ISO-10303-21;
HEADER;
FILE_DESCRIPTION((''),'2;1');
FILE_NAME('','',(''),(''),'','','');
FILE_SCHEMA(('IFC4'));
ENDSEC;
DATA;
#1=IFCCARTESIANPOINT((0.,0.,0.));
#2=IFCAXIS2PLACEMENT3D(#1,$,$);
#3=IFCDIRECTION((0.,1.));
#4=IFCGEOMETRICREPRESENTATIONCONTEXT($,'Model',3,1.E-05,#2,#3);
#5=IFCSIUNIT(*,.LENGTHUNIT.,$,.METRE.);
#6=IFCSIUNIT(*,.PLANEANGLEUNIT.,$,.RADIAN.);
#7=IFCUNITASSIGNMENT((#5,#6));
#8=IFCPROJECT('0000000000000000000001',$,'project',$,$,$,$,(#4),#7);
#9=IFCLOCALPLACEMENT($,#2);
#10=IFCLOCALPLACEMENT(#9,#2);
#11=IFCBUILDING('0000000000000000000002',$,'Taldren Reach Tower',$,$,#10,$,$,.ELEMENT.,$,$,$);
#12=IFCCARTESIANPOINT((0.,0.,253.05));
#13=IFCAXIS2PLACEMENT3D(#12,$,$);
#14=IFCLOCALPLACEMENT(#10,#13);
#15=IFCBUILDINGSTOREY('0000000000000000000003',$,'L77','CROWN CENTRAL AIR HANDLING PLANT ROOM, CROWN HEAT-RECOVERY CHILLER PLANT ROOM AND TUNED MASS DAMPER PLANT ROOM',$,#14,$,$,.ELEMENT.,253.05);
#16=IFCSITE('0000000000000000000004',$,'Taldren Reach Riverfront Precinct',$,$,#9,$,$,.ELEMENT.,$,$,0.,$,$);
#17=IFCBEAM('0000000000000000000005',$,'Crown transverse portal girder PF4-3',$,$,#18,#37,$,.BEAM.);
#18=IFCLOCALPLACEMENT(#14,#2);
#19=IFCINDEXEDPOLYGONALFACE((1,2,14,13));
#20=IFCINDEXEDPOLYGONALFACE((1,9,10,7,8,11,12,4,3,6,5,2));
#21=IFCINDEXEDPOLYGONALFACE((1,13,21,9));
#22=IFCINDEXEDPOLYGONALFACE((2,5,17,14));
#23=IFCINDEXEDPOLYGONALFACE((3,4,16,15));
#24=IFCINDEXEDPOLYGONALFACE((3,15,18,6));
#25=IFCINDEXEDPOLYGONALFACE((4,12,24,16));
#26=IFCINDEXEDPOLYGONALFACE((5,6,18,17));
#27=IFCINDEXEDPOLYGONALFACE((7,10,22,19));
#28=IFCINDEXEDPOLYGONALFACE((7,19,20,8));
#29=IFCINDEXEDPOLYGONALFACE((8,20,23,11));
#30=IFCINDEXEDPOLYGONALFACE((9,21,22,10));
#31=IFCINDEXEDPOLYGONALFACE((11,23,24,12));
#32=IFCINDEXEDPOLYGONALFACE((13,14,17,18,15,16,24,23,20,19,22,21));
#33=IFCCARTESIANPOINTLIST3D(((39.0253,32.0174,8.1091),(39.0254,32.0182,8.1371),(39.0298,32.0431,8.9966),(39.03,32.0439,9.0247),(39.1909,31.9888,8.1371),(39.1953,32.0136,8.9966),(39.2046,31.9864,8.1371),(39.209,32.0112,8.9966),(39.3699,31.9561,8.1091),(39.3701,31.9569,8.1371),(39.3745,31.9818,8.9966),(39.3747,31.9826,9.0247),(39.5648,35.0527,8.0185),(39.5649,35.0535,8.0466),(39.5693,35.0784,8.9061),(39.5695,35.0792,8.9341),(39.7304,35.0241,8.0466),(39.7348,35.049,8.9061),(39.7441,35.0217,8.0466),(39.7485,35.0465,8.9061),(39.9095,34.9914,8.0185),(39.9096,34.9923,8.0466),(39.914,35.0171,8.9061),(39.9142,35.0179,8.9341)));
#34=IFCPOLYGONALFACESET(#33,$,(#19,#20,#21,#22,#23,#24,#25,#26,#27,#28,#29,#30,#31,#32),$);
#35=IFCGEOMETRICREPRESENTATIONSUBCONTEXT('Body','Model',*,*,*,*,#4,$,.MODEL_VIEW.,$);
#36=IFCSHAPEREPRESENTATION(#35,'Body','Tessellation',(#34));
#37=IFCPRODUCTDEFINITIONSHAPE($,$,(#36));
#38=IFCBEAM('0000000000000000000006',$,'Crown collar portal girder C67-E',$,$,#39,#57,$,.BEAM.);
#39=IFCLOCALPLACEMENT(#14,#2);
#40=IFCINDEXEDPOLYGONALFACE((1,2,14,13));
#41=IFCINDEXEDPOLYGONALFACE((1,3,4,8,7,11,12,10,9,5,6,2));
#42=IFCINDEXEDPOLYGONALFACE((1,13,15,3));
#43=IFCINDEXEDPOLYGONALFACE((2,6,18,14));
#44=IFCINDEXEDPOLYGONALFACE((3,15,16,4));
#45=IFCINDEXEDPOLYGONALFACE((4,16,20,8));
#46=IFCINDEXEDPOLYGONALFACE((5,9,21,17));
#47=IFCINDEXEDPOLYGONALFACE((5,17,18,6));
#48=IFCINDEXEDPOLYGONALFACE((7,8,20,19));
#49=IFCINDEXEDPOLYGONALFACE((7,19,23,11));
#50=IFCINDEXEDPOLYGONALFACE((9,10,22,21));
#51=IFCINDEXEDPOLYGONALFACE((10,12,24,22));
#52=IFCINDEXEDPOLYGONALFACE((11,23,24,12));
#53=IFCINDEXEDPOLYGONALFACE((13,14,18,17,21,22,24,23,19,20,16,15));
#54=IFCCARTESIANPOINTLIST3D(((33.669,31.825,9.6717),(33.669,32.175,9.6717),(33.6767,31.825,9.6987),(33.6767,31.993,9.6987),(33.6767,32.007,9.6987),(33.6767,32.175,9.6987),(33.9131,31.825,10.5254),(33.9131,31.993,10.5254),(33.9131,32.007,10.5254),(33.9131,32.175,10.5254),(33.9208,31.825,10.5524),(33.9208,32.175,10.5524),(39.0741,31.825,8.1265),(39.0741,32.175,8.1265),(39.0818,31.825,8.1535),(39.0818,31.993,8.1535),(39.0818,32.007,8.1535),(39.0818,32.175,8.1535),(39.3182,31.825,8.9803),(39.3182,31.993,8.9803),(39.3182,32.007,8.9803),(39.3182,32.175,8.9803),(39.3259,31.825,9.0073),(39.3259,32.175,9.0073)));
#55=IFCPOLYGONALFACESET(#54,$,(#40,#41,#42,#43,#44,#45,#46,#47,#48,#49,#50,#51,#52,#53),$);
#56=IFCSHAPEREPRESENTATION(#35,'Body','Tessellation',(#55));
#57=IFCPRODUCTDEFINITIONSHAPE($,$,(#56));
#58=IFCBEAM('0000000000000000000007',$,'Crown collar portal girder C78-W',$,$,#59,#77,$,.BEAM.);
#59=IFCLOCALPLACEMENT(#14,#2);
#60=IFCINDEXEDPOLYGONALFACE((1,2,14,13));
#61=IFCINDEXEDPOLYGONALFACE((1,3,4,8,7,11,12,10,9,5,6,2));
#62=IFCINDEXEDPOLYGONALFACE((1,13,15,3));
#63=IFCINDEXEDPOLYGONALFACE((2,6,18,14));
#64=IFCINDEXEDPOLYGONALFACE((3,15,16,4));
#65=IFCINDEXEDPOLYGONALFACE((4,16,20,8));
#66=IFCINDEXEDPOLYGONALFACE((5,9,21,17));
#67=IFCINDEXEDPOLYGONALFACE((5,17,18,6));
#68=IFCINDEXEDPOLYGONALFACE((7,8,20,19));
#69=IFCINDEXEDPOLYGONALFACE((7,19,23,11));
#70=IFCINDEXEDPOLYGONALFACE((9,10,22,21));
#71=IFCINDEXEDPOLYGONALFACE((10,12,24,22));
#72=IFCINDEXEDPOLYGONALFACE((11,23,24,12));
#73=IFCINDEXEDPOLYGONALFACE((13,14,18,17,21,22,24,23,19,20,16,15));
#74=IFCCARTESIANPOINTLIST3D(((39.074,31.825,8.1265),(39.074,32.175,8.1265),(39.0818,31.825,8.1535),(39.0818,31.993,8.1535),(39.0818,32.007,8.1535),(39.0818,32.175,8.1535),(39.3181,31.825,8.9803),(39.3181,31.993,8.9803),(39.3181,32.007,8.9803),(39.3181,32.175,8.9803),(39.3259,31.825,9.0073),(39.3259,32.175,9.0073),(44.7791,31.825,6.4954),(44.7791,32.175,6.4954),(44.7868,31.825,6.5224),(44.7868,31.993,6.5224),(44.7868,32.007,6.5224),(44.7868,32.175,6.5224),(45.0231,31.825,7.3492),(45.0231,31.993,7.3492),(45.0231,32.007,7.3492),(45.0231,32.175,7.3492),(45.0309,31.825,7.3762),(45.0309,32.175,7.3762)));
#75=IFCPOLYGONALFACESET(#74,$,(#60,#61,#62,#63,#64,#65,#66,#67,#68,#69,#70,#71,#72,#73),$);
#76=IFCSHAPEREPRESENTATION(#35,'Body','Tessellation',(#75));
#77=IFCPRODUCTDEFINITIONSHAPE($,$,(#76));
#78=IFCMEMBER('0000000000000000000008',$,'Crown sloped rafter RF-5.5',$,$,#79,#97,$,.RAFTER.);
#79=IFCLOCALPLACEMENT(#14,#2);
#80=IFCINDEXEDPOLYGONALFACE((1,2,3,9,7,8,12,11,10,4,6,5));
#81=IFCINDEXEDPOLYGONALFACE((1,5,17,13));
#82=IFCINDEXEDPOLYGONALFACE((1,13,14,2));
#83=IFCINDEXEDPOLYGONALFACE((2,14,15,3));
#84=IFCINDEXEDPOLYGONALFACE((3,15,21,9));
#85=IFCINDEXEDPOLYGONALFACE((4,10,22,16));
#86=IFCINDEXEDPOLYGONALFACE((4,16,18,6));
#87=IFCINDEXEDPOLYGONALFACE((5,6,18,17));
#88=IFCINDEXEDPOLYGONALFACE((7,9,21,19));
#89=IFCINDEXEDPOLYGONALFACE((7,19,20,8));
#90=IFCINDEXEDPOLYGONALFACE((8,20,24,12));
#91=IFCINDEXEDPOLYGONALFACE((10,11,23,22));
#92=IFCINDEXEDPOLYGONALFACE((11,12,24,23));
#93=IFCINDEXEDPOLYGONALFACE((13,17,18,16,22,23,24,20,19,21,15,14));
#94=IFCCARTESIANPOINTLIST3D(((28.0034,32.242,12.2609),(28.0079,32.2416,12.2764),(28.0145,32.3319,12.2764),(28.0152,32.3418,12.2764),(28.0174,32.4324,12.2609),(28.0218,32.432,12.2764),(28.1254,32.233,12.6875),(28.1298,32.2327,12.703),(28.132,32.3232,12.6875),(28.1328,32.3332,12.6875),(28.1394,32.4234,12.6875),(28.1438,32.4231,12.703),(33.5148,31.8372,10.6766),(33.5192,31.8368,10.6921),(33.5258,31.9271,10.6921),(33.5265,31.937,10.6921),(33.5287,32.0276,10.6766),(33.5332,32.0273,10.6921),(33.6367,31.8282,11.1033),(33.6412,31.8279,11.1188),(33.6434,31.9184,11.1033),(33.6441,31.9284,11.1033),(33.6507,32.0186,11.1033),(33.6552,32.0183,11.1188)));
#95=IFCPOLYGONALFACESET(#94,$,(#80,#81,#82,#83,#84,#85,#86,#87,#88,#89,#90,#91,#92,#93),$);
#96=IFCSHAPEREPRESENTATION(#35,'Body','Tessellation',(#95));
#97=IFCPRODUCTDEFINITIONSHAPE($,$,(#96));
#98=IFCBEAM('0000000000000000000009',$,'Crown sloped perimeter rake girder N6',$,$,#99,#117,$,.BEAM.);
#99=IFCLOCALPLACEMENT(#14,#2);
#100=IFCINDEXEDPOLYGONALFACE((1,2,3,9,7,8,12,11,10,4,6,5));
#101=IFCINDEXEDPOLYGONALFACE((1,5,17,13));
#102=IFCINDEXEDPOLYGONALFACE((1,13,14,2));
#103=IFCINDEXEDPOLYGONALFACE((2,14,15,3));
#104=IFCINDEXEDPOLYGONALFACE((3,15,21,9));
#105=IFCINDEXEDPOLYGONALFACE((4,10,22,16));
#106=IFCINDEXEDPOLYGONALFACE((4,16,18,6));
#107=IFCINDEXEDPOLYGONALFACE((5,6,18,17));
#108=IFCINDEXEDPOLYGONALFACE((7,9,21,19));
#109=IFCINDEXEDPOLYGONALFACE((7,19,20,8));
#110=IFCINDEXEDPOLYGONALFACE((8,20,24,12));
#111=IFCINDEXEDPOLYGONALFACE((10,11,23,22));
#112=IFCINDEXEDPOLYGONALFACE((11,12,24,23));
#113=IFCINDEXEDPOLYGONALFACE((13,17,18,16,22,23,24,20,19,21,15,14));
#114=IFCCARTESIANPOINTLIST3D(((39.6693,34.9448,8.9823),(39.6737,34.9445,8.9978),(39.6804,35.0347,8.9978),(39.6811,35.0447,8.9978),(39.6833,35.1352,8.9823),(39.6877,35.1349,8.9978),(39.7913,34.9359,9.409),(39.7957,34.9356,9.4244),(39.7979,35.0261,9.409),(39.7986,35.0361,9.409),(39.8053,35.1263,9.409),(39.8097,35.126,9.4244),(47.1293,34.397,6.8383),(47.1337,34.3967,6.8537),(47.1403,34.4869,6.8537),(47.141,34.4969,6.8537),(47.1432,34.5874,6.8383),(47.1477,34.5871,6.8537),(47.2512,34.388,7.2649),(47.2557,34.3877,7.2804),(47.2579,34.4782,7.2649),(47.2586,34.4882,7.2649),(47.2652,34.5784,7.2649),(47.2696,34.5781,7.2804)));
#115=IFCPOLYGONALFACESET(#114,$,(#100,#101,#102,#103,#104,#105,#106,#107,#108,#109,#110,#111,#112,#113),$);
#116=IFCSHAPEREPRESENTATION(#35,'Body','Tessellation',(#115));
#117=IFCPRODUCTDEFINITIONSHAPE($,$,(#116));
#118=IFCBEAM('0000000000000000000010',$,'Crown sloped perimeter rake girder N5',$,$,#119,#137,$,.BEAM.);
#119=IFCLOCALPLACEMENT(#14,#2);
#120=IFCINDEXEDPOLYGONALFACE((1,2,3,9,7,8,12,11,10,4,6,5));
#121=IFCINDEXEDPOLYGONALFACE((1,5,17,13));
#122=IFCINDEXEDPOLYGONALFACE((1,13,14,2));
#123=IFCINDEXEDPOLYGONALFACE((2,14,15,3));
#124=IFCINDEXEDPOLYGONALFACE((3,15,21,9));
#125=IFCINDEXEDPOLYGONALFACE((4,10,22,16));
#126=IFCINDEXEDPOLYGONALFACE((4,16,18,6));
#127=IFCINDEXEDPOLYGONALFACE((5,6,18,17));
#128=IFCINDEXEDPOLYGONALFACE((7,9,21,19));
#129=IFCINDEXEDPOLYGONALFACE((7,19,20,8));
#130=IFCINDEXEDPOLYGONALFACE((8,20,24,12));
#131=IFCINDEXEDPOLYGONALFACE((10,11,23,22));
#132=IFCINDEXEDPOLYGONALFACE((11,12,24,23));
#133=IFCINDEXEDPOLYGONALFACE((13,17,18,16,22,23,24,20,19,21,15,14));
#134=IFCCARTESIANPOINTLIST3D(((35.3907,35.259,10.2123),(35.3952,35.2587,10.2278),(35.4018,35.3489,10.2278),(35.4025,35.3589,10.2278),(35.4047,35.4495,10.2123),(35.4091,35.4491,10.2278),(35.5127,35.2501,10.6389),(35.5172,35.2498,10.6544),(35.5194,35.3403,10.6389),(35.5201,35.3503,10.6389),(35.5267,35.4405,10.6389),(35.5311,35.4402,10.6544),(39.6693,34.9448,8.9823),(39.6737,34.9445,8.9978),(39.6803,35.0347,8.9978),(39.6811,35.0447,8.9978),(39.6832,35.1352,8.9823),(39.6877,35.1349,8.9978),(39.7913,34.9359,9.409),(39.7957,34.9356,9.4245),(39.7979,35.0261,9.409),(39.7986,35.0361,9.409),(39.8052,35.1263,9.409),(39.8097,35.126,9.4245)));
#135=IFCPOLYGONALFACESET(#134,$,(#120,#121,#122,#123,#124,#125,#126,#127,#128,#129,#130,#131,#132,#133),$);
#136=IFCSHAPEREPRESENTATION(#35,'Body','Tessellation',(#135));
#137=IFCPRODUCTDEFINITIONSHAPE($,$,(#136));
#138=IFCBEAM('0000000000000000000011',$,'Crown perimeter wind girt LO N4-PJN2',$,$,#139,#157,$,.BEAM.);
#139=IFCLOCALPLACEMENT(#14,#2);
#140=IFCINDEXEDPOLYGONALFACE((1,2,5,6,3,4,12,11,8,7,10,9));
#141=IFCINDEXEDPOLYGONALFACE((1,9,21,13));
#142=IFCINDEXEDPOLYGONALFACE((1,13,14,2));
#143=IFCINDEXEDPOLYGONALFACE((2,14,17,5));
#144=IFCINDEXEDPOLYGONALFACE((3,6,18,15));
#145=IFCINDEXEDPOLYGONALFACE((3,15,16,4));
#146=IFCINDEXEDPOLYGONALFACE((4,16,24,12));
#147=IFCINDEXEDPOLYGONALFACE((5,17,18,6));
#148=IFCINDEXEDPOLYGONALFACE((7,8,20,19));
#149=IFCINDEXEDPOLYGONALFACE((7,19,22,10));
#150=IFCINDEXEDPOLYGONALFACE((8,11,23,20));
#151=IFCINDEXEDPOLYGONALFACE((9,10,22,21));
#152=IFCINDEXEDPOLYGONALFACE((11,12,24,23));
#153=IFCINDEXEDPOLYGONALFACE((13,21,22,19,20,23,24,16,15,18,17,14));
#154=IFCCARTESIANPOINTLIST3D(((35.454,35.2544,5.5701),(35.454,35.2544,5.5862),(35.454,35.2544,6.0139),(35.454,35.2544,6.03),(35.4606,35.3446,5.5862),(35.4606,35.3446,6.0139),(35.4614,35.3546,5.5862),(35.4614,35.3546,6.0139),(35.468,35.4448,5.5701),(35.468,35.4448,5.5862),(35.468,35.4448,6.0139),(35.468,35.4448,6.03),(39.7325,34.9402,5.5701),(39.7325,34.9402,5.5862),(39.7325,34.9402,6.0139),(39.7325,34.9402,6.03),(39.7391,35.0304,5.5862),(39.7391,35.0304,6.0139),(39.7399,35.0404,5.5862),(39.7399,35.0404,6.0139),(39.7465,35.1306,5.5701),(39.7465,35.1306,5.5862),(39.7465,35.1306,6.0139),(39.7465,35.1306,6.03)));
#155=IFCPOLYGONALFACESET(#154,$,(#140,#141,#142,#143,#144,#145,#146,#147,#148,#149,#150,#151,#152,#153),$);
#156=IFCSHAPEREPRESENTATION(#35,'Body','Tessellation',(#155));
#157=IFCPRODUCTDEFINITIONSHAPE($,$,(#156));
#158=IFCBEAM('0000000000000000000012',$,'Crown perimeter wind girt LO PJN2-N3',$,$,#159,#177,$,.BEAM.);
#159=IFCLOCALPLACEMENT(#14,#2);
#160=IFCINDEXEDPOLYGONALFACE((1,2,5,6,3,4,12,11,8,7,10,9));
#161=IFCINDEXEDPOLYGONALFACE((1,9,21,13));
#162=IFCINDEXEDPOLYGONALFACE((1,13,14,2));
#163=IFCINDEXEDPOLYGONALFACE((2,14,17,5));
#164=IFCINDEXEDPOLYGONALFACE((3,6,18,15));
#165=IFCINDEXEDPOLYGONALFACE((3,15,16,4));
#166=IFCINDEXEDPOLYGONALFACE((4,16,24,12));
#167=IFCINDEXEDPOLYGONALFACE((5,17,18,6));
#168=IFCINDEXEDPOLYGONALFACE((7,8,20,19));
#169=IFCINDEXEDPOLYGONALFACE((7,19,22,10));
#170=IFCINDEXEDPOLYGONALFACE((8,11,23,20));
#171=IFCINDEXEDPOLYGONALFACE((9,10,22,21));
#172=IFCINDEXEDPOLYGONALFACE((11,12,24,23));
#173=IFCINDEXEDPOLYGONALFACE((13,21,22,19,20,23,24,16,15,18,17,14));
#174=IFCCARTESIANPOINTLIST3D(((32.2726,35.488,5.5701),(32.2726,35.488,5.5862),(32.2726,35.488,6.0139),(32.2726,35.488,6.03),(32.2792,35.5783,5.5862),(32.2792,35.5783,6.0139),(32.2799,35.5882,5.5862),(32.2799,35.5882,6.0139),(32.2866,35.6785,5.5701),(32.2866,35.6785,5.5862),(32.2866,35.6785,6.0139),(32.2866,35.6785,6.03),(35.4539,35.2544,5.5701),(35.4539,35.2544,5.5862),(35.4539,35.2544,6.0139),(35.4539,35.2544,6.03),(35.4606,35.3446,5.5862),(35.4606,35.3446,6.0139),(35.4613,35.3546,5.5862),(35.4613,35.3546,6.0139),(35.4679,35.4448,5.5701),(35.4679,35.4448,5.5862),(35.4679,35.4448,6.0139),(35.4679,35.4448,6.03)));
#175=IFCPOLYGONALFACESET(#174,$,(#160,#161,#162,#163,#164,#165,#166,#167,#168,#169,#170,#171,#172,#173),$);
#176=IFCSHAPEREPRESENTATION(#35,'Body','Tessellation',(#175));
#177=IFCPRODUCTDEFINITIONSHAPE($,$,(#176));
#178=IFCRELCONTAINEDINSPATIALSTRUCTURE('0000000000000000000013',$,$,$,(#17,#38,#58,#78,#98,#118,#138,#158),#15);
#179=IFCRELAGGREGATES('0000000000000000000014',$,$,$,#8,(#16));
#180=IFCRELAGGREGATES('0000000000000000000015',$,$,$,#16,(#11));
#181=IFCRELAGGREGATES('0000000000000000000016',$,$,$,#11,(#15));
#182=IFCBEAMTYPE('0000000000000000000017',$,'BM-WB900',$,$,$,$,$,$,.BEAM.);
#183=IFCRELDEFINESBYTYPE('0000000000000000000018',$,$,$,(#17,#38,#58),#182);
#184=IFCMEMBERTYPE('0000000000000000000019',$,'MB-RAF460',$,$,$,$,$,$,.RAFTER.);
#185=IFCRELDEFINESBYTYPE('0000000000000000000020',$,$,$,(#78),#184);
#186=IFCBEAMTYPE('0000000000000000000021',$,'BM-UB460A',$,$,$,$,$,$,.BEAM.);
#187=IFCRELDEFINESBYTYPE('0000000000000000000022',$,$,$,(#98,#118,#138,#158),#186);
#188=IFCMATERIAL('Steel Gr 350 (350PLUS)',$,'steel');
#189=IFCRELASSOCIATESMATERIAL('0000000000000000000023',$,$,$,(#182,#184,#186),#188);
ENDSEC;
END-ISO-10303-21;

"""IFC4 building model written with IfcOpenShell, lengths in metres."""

from ifc_helpers import new_model, si_unit, direction, frame, origin, origin_2d, place, context, subcontext, project, spatial, i_section, extrude, source, transform, mapped, material, material_profile, profile_set, type_object, element, save


model = new_model("IFC4")

# Units and contexts
model_context = context("Model", 3, precision=1e-05, world=origin(), true_north=direction((0.0, 1.0)))
body_context = subcontext(model_context, "Body", "Model", "MODEL_VIEW")
ifc_project = project(units=[si_unit("LENGTHUNIT", "METRE"), si_unit("PLANEANGLEUNIT", "RADIAN")], contexts=[model_context])

# Site, building, storey
site_placement = place(None, origin())
site = spatial("IfcSite", under=ifc_project, at=site_placement, Name="Taldren Reach Riverfront Precinct", CompositionType="ELEMENT", RefElevation=0.0)
building_placement = place(site_placement, origin())
building = spatial("IfcBuilding", under=site, at=building_placement, Name="Taldren Reach Tower", CompositionType="ELEMENT")
storey_placement = place(building_placement, frame((0.0, 0.0, 253.05)))
storey = spatial("IfcBuildingStorey", under=building, at=storey_placement, Name="L77", Description="CROWN CENTRAL AIR HANDLING PLANT ROOM, CROWN HEAT-RECOVERY CHILLER PLANT ROOM AND TUNED MASS DAMPER PLANT ROOM", CompositionType="ELEMENT", Elevation=253.05)

# Shared definitions
ifc_material_1 = material(Name="Steel Gr 350 (350PLUS)", Category="steel")

# Beams
ifc_material_profile_1 = material_profile(ifc_material_1, i_section(OverallWidth=0.3501, OverallDepth=0.916, WebThickness=0.0139, FlangeThickness=0.0281, at=origin_2d()), Name="900WB257")
ifc_profile_set_1 = profile_set([ifc_material_profile_1], Name="Steel Gr 350 (350PLUS)")
beam_type_1 = type_object("IfcBeamType", Name="BM-WB900", PredefinedType="BEAM", material=ifc_profile_set_1)
shared_shape_1 = source(origin(), body_context, "Body", "SweptSolid", [
    extrude(i_section(OverallWidth=0.3501, OverallDepth=0.916, WebThickness=0.0139, FlangeThickness=0.0281, at=origin_2d()), origin(), (0.0, 0.0, 1.0), 3.0842),
])
beam_1_placement = place(storey_placement, frame((39.2, 32.0, 8.5669), z_axis=(0.174934, 0.984142, -0.029367), x_axis=(-0.984567, 0.175009, 0.0)))
element("IfcBeam", 1, at=beam_1_placement, inside=storey, type_object=beam_type_1, Name="Crown transverse portal girder PF4-3", PredefinedType="BEAM", context=body_context, shape_type="MappedRepresentation", body=[
    mapped(shared_shape_1, transform((0.0, 0.0, 0.0), scale=1.0)),
])
shared_shape_2 = source(origin(), body_context, "Body", "SweptSolid", [
    extrude(i_section(OverallWidth=0.3501, OverallDepth=0.916, WebThickness=0.0139, FlangeThickness=0.0281, at=origin_2d()), origin(), (0.0, 0.0, 1.0), 5.6216),
])
beam_2_placement = place(storey_placement, frame((33.7949, 32.0, 10.1121), z_axis=(0.961483, 0.0, -0.274865), x_axis=(0.0, 1.0, 0.0)))
element("IfcBeam", 2, at=beam_2_placement, inside=storey, type_object=beam_type_1, Name="Crown collar portal girder C67-E", PredefinedType="BEAM", context=body_context, shape_type="MappedRepresentation", body=[
    mapped(shared_shape_2, transform((0.0, 0.0, 0.0), scale=1.0)),
])
shared_shape_3 = source(origin(), body_context, "Body", "SweptSolid", [
    extrude(i_section(OverallWidth=0.3501, OverallDepth=0.916, WebThickness=0.0139, FlangeThickness=0.0281, at=origin_2d()), origin(), (0.0, 0.0, 1.0), 5.9336),
])
beam_3_placement = place(storey_placement, frame((39.2, 32.0, 8.5669), z_axis=(0.961476, 0.0, -0.27489), x_axis=(0.0, 1.0, 0.0)))
element("IfcBeam", 3, at=beam_3_placement, inside=storey, type_object=beam_type_1, Name="Crown collar portal girder C78-W", PredefinedType="BEAM", context=body_context, shape_type="MappedRepresentation", body=[
    mapped(shared_shape_3, transform((0.0, 0.0, 0.0), scale=1.0)),
])

# Member
ifc_material_profile_2 = material_profile(ifc_material_1, i_section(OverallWidth=0.1909, OverallDepth=0.46, WebThickness=0.01, FlangeThickness=0.0161, at=origin_2d()), Name="460UB82.1")
ifc_profile_set_2 = profile_set([ifc_material_profile_2], Name="Steel Gr 350 (350PLUS)")
member_type_1 = type_object("IfcMemberType", Name="MB-RAF460", PredefinedType="RAFTER", material=ifc_profile_set_2)
shared_shape_4 = source(origin(), body_context, "Body", "SweptSolid", [
    extrude(i_section(OverallWidth=0.1909, OverallDepth=0.46, WebThickness=0.01, FlangeThickness=0.0161, at=origin_2d()), origin(), (0.0, 0.0, 1.0), 5.7488),
])
member_1_placement = place(storey_placement, frame((33.585, 31.9277, 10.8977), z_axis=(-0.958695, 0.070414, 0.275581), x_axis=(-0.07325, -0.997314, 0.0)))
element("IfcMember", 4, at=member_1_placement, inside=storey, type_object=member_type_1, Name="Crown sloped rafter RF-5.5", PredefinedType="RAFTER", context=body_context, shape_type="MappedRepresentation", body=[
    mapped(shared_shape_4, transform((0.0, 0.0, 0.0), scale=1.0)),
])

# Beams
ifc_material_profile_3 = material_profile(ifc_material_1, i_section(OverallWidth=0.1909, OverallDepth=0.46, WebThickness=0.01, FlangeThickness=0.0161, at=origin_2d()), Name="460UB82.1")
ifc_profile_set_3 = profile_set([ifc_material_profile_3], Name="Steel Gr 350 (350PLUS)")
beam_type_2 = type_object("IfcBeamType", Name="BM-UB460A", PredefinedType="BEAM", material=ifc_profile_set_3)
shared_shape_5 = source(origin(), body_context, "Body", "SweptSolid", [
    extrude(i_section(OverallWidth=0.1909, OverallDepth=0.46, WebThickness=0.01, FlangeThickness=0.0161, at=origin_2d()), origin(), (0.0, 0.0, 1.0), 7.7812),
])
beam_4_placement = place(storey_placement, frame((39.7395, 35.0354, 9.2034), z_axis=(0.958708, -0.070406, -0.275539), x_axis=(0.073242, 0.997314, 0.0)))
element("IfcBeam", 5, at=beam_4_placement, inside=storey, type_object=beam_type_2, Name="Crown sloped perimeter rake girder N6", PredefinedType="BEAM", context=body_context, shape_type="MappedRepresentation", body=[
    mapped(shared_shape_5, transform((0.0, 0.0, 0.0), scale=1.0)),
])
shared_shape_6 = source(origin(), body_context, "Body", "SweptSolid", [
    extrude(i_section(OverallWidth=0.1909, OverallDepth=0.46, WebThickness=0.01, FlangeThickness=0.0161, at=origin_2d()), origin(), (0.0, 0.0, 1.0), 4.4629),
])
beam_5_placement = place(storey_placement, frame((35.4609, 35.3496, 10.4333), z_axis=(0.958691, -0.070404, -0.2756), x_axis=(0.073241, 0.997314, 0.0)))
element("IfcBeam", 6, at=beam_5_placement, inside=storey, type_object=beam_type_2, Name="Crown sloped perimeter rake girder N5", PredefinedType="BEAM", context=body_context, shape_type="MappedRepresentation", body=[
    mapped(shared_shape_6, transform((0.0, 0.0, 0.0), scale=1.0)),
])
shared_shape_7 = source(origin(), body_context, "Body", "SweptSolid", [
    extrude(i_section(OverallWidth=0.1909, OverallDepth=0.46, WebThickness=0.01, FlangeThickness=0.0161, at=origin_2d()), origin(), (0.0, 0.0, 1.0), 4.29),
])
beam_6_placement = place(storey_placement, frame((39.7395, 35.0354, 5.8), z_axis=(-0.997314, 0.073241, 0.0), x_axis=(-0.073241, -0.997314, 0.0)))
element("IfcBeam", 7, at=beam_6_placement, inside=storey, type_object=beam_type_2, Name="Crown perimeter wind girt LO N4-PJN2", PredefinedType="BEAM", context=body_context, shape_type="MappedRepresentation", body=[
    mapped(shared_shape_7, transform((0.0, 0.0, 0.0), scale=1.0)),
])
shared_shape_8 = source(origin(), body_context, "Body", "SweptSolid", [
    extrude(i_section(OverallWidth=0.1909, OverallDepth=0.46, WebThickness=0.01, FlangeThickness=0.0161, at=origin_2d()), origin(), (0.0, 0.0, 1.0), 3.1899),
])
beam_7_placement = place(storey_placement, frame((35.4609, 35.3496, 5.8), z_axis=(-0.997314, 0.073243, 0.0), x_axis=(-0.073243, -0.997314, 0.0)))
element("IfcBeam", 8, at=beam_7_placement, inside=storey, type_object=beam_type_2, Name="Crown perimeter wind girt LO PJN2-N3", PredefinedType="BEAM", context=body_context, shape_type="MappedRepresentation", body=[
    mapped(shared_shape_8, transform((0.0, 0.0, 0.0), scale=1.0)),
])

save(model, "model.ifc")
